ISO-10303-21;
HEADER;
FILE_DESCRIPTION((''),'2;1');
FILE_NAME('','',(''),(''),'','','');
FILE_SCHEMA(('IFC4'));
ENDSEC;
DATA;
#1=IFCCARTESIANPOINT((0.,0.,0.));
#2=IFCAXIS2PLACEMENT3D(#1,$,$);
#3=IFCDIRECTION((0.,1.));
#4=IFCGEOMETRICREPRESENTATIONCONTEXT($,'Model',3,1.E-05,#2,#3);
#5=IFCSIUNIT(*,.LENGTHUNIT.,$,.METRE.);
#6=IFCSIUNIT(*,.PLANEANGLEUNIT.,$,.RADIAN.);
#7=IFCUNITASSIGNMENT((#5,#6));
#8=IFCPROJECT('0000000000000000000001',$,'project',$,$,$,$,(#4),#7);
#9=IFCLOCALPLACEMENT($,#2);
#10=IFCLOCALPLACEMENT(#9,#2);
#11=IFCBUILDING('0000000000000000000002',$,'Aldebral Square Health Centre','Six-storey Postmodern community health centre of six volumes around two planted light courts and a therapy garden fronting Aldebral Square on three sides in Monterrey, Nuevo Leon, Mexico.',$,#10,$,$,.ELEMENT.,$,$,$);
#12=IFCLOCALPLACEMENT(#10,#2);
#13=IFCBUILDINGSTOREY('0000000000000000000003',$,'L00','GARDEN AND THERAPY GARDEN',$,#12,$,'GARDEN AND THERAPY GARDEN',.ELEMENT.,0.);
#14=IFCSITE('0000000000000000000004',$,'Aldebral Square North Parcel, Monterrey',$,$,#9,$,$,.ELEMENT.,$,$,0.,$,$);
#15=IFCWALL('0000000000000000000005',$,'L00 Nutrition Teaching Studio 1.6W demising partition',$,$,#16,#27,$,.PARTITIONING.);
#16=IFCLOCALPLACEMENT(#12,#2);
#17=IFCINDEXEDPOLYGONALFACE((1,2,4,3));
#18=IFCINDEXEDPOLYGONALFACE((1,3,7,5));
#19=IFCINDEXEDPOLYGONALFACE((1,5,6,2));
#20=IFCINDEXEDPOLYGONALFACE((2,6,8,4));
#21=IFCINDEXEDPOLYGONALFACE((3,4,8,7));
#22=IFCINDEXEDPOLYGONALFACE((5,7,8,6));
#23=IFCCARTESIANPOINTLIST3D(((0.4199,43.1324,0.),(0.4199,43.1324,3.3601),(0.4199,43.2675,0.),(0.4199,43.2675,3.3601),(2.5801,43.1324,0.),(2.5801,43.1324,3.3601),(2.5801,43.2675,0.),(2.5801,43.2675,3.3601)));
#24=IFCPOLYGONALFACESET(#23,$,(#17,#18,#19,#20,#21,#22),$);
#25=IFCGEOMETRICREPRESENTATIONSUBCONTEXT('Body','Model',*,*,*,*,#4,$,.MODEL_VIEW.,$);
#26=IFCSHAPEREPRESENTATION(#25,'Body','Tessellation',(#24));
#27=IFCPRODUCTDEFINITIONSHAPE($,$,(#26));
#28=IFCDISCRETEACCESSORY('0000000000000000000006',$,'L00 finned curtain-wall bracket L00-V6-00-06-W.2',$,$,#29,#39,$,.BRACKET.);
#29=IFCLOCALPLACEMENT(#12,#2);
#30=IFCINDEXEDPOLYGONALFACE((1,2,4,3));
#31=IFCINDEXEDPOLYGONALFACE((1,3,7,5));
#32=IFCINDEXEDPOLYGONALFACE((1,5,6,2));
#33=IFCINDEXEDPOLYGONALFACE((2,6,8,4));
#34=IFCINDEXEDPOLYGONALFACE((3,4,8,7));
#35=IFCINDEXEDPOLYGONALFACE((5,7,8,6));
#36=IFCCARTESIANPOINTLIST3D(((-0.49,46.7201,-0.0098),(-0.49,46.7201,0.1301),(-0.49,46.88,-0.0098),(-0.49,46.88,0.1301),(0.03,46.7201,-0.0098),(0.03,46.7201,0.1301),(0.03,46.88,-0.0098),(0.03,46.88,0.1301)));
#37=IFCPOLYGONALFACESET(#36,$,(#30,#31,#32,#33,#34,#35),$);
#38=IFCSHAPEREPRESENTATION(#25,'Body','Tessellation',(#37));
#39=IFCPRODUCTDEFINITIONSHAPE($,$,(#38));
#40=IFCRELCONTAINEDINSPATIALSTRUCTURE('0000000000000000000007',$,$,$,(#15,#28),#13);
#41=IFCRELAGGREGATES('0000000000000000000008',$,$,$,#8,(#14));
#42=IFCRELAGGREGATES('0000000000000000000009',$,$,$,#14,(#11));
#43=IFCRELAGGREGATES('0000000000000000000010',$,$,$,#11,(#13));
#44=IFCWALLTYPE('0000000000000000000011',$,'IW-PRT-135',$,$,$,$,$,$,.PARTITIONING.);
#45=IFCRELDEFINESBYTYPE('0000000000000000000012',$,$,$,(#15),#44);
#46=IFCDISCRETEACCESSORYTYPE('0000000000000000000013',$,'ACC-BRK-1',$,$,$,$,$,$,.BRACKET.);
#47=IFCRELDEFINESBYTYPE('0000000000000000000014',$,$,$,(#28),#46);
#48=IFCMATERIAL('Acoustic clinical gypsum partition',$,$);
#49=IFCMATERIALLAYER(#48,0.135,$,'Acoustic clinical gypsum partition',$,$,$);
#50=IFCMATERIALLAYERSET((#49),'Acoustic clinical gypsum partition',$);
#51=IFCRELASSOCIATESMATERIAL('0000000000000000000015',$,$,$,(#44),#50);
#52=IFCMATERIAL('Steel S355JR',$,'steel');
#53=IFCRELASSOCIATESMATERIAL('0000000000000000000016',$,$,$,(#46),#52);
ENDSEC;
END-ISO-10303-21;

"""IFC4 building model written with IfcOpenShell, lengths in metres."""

from ifc_helpers import new_model, si_unit, direction, frame, frame_2d, origin, origin_2d, place, context, subcontext, project, spatial, rectangle, extrude, material, layer, layer_set, type_object, element, save


model = new_model("IFC4")

# Units and contexts
model_context = context("Model", 3, precision=1e-05, world=origin(), true_north=direction((0.0, 1.0)))
body_context = subcontext(model_context, "Body", "Model", "MODEL_VIEW")
ifc_project = project(units=[si_unit("LENGTHUNIT", "METRE"), si_unit("PLANEANGLEUNIT", "RADIAN")], contexts=[model_context])

# Site, building, storey
site_placement = place(None, origin())
site = spatial("IfcSite", under=ifc_project, at=site_placement, Name="Aldebral Square North Parcel, Monterrey", CompositionType="ELEMENT", RefElevation=0.0)
building_placement = place(site_placement, origin())
building = spatial("IfcBuilding", under=site, at=building_placement, Name="Aldebral Square Health Centre", Description="Six-storey Postmodern community health centre of six volumes around two planted light courts and a therapy garden fronting Aldebral Square on three sides in Monterrey, Nuevo Leon, Mexico.", CompositionType="ELEMENT")
storey_placement = place(building_placement, origin())
storey = spatial("IfcBuildingStorey", under=building, at=storey_placement, Name="L00", Description="GARDEN AND THERAPY GARDEN", LongName="GARDEN AND THERAPY GARDEN", CompositionType="ELEMENT", Elevation=0.0)

# Wall
ifc_material_1 = material(Name="Acoustic clinical gypsum partition")
ifc_layer_1 = layer(ifc_material_1, 0.135, Name="Acoustic clinical gypsum partition")
ifc_layer_set_1 = layer_set([ifc_layer_1], Name="Acoustic clinical gypsum partition")
wall_type_1 = type_object("IfcWallType", Name="IW-PRT-135", PredefinedType="PARTITIONING", material=ifc_layer_set_1)
wall_1_placement = place(storey_placement, frame((0.4199, 43.2, 0.0), z_axis=(0.0, 0.0, 1.0), x_axis=(1.0, 0.0, 0.0)))
element("IfcWall", 1, at=wall_1_placement, inside=storey, type_object=wall_type_1, Name="L00 Nutrition Teaching Studio 1.6W demising partition", PredefinedType="PARTITIONING", context=body_context, shape_type="SweptSolid", body=[
    extrude(rectangle(XDim=2.1602, YDim=0.135, at=frame_2d((1.0801, 0.0))), origin(), (0.0, 0.0, 1.0), 3.3601),
])

# Discrete accessory
ifc_material_2 = material(Name="Steel S355JR", Category="steel")
discrete_accessory_type = type_object("IfcDiscreteAccessoryType", Name="ACC-BRK-1", PredefinedType="BRACKET", material=ifc_material_2)
discrete_accessory_placement = place(storey_placement, frame((-0.23, 46.8, -0.0098), z_axis=(0.0, 0.0, 1.0), x_axis=(0.0, 1.0, 0.0)))
element("IfcDiscreteAccessory", 2, at=discrete_accessory_placement, inside=storey, type_object=discrete_accessory_type, Name="L00 finned curtain-wall bracket L00-V6-00-06-W.2", PredefinedType="BRACKET", context=body_context, shape_type="SweptSolid", body=[
    extrude(rectangle(XDim=0.1599, YDim=0.52, at=origin_2d()), origin(), (0.0, 0.0, 1.0), 0.1399),
])

save(model, "model.ifc")
